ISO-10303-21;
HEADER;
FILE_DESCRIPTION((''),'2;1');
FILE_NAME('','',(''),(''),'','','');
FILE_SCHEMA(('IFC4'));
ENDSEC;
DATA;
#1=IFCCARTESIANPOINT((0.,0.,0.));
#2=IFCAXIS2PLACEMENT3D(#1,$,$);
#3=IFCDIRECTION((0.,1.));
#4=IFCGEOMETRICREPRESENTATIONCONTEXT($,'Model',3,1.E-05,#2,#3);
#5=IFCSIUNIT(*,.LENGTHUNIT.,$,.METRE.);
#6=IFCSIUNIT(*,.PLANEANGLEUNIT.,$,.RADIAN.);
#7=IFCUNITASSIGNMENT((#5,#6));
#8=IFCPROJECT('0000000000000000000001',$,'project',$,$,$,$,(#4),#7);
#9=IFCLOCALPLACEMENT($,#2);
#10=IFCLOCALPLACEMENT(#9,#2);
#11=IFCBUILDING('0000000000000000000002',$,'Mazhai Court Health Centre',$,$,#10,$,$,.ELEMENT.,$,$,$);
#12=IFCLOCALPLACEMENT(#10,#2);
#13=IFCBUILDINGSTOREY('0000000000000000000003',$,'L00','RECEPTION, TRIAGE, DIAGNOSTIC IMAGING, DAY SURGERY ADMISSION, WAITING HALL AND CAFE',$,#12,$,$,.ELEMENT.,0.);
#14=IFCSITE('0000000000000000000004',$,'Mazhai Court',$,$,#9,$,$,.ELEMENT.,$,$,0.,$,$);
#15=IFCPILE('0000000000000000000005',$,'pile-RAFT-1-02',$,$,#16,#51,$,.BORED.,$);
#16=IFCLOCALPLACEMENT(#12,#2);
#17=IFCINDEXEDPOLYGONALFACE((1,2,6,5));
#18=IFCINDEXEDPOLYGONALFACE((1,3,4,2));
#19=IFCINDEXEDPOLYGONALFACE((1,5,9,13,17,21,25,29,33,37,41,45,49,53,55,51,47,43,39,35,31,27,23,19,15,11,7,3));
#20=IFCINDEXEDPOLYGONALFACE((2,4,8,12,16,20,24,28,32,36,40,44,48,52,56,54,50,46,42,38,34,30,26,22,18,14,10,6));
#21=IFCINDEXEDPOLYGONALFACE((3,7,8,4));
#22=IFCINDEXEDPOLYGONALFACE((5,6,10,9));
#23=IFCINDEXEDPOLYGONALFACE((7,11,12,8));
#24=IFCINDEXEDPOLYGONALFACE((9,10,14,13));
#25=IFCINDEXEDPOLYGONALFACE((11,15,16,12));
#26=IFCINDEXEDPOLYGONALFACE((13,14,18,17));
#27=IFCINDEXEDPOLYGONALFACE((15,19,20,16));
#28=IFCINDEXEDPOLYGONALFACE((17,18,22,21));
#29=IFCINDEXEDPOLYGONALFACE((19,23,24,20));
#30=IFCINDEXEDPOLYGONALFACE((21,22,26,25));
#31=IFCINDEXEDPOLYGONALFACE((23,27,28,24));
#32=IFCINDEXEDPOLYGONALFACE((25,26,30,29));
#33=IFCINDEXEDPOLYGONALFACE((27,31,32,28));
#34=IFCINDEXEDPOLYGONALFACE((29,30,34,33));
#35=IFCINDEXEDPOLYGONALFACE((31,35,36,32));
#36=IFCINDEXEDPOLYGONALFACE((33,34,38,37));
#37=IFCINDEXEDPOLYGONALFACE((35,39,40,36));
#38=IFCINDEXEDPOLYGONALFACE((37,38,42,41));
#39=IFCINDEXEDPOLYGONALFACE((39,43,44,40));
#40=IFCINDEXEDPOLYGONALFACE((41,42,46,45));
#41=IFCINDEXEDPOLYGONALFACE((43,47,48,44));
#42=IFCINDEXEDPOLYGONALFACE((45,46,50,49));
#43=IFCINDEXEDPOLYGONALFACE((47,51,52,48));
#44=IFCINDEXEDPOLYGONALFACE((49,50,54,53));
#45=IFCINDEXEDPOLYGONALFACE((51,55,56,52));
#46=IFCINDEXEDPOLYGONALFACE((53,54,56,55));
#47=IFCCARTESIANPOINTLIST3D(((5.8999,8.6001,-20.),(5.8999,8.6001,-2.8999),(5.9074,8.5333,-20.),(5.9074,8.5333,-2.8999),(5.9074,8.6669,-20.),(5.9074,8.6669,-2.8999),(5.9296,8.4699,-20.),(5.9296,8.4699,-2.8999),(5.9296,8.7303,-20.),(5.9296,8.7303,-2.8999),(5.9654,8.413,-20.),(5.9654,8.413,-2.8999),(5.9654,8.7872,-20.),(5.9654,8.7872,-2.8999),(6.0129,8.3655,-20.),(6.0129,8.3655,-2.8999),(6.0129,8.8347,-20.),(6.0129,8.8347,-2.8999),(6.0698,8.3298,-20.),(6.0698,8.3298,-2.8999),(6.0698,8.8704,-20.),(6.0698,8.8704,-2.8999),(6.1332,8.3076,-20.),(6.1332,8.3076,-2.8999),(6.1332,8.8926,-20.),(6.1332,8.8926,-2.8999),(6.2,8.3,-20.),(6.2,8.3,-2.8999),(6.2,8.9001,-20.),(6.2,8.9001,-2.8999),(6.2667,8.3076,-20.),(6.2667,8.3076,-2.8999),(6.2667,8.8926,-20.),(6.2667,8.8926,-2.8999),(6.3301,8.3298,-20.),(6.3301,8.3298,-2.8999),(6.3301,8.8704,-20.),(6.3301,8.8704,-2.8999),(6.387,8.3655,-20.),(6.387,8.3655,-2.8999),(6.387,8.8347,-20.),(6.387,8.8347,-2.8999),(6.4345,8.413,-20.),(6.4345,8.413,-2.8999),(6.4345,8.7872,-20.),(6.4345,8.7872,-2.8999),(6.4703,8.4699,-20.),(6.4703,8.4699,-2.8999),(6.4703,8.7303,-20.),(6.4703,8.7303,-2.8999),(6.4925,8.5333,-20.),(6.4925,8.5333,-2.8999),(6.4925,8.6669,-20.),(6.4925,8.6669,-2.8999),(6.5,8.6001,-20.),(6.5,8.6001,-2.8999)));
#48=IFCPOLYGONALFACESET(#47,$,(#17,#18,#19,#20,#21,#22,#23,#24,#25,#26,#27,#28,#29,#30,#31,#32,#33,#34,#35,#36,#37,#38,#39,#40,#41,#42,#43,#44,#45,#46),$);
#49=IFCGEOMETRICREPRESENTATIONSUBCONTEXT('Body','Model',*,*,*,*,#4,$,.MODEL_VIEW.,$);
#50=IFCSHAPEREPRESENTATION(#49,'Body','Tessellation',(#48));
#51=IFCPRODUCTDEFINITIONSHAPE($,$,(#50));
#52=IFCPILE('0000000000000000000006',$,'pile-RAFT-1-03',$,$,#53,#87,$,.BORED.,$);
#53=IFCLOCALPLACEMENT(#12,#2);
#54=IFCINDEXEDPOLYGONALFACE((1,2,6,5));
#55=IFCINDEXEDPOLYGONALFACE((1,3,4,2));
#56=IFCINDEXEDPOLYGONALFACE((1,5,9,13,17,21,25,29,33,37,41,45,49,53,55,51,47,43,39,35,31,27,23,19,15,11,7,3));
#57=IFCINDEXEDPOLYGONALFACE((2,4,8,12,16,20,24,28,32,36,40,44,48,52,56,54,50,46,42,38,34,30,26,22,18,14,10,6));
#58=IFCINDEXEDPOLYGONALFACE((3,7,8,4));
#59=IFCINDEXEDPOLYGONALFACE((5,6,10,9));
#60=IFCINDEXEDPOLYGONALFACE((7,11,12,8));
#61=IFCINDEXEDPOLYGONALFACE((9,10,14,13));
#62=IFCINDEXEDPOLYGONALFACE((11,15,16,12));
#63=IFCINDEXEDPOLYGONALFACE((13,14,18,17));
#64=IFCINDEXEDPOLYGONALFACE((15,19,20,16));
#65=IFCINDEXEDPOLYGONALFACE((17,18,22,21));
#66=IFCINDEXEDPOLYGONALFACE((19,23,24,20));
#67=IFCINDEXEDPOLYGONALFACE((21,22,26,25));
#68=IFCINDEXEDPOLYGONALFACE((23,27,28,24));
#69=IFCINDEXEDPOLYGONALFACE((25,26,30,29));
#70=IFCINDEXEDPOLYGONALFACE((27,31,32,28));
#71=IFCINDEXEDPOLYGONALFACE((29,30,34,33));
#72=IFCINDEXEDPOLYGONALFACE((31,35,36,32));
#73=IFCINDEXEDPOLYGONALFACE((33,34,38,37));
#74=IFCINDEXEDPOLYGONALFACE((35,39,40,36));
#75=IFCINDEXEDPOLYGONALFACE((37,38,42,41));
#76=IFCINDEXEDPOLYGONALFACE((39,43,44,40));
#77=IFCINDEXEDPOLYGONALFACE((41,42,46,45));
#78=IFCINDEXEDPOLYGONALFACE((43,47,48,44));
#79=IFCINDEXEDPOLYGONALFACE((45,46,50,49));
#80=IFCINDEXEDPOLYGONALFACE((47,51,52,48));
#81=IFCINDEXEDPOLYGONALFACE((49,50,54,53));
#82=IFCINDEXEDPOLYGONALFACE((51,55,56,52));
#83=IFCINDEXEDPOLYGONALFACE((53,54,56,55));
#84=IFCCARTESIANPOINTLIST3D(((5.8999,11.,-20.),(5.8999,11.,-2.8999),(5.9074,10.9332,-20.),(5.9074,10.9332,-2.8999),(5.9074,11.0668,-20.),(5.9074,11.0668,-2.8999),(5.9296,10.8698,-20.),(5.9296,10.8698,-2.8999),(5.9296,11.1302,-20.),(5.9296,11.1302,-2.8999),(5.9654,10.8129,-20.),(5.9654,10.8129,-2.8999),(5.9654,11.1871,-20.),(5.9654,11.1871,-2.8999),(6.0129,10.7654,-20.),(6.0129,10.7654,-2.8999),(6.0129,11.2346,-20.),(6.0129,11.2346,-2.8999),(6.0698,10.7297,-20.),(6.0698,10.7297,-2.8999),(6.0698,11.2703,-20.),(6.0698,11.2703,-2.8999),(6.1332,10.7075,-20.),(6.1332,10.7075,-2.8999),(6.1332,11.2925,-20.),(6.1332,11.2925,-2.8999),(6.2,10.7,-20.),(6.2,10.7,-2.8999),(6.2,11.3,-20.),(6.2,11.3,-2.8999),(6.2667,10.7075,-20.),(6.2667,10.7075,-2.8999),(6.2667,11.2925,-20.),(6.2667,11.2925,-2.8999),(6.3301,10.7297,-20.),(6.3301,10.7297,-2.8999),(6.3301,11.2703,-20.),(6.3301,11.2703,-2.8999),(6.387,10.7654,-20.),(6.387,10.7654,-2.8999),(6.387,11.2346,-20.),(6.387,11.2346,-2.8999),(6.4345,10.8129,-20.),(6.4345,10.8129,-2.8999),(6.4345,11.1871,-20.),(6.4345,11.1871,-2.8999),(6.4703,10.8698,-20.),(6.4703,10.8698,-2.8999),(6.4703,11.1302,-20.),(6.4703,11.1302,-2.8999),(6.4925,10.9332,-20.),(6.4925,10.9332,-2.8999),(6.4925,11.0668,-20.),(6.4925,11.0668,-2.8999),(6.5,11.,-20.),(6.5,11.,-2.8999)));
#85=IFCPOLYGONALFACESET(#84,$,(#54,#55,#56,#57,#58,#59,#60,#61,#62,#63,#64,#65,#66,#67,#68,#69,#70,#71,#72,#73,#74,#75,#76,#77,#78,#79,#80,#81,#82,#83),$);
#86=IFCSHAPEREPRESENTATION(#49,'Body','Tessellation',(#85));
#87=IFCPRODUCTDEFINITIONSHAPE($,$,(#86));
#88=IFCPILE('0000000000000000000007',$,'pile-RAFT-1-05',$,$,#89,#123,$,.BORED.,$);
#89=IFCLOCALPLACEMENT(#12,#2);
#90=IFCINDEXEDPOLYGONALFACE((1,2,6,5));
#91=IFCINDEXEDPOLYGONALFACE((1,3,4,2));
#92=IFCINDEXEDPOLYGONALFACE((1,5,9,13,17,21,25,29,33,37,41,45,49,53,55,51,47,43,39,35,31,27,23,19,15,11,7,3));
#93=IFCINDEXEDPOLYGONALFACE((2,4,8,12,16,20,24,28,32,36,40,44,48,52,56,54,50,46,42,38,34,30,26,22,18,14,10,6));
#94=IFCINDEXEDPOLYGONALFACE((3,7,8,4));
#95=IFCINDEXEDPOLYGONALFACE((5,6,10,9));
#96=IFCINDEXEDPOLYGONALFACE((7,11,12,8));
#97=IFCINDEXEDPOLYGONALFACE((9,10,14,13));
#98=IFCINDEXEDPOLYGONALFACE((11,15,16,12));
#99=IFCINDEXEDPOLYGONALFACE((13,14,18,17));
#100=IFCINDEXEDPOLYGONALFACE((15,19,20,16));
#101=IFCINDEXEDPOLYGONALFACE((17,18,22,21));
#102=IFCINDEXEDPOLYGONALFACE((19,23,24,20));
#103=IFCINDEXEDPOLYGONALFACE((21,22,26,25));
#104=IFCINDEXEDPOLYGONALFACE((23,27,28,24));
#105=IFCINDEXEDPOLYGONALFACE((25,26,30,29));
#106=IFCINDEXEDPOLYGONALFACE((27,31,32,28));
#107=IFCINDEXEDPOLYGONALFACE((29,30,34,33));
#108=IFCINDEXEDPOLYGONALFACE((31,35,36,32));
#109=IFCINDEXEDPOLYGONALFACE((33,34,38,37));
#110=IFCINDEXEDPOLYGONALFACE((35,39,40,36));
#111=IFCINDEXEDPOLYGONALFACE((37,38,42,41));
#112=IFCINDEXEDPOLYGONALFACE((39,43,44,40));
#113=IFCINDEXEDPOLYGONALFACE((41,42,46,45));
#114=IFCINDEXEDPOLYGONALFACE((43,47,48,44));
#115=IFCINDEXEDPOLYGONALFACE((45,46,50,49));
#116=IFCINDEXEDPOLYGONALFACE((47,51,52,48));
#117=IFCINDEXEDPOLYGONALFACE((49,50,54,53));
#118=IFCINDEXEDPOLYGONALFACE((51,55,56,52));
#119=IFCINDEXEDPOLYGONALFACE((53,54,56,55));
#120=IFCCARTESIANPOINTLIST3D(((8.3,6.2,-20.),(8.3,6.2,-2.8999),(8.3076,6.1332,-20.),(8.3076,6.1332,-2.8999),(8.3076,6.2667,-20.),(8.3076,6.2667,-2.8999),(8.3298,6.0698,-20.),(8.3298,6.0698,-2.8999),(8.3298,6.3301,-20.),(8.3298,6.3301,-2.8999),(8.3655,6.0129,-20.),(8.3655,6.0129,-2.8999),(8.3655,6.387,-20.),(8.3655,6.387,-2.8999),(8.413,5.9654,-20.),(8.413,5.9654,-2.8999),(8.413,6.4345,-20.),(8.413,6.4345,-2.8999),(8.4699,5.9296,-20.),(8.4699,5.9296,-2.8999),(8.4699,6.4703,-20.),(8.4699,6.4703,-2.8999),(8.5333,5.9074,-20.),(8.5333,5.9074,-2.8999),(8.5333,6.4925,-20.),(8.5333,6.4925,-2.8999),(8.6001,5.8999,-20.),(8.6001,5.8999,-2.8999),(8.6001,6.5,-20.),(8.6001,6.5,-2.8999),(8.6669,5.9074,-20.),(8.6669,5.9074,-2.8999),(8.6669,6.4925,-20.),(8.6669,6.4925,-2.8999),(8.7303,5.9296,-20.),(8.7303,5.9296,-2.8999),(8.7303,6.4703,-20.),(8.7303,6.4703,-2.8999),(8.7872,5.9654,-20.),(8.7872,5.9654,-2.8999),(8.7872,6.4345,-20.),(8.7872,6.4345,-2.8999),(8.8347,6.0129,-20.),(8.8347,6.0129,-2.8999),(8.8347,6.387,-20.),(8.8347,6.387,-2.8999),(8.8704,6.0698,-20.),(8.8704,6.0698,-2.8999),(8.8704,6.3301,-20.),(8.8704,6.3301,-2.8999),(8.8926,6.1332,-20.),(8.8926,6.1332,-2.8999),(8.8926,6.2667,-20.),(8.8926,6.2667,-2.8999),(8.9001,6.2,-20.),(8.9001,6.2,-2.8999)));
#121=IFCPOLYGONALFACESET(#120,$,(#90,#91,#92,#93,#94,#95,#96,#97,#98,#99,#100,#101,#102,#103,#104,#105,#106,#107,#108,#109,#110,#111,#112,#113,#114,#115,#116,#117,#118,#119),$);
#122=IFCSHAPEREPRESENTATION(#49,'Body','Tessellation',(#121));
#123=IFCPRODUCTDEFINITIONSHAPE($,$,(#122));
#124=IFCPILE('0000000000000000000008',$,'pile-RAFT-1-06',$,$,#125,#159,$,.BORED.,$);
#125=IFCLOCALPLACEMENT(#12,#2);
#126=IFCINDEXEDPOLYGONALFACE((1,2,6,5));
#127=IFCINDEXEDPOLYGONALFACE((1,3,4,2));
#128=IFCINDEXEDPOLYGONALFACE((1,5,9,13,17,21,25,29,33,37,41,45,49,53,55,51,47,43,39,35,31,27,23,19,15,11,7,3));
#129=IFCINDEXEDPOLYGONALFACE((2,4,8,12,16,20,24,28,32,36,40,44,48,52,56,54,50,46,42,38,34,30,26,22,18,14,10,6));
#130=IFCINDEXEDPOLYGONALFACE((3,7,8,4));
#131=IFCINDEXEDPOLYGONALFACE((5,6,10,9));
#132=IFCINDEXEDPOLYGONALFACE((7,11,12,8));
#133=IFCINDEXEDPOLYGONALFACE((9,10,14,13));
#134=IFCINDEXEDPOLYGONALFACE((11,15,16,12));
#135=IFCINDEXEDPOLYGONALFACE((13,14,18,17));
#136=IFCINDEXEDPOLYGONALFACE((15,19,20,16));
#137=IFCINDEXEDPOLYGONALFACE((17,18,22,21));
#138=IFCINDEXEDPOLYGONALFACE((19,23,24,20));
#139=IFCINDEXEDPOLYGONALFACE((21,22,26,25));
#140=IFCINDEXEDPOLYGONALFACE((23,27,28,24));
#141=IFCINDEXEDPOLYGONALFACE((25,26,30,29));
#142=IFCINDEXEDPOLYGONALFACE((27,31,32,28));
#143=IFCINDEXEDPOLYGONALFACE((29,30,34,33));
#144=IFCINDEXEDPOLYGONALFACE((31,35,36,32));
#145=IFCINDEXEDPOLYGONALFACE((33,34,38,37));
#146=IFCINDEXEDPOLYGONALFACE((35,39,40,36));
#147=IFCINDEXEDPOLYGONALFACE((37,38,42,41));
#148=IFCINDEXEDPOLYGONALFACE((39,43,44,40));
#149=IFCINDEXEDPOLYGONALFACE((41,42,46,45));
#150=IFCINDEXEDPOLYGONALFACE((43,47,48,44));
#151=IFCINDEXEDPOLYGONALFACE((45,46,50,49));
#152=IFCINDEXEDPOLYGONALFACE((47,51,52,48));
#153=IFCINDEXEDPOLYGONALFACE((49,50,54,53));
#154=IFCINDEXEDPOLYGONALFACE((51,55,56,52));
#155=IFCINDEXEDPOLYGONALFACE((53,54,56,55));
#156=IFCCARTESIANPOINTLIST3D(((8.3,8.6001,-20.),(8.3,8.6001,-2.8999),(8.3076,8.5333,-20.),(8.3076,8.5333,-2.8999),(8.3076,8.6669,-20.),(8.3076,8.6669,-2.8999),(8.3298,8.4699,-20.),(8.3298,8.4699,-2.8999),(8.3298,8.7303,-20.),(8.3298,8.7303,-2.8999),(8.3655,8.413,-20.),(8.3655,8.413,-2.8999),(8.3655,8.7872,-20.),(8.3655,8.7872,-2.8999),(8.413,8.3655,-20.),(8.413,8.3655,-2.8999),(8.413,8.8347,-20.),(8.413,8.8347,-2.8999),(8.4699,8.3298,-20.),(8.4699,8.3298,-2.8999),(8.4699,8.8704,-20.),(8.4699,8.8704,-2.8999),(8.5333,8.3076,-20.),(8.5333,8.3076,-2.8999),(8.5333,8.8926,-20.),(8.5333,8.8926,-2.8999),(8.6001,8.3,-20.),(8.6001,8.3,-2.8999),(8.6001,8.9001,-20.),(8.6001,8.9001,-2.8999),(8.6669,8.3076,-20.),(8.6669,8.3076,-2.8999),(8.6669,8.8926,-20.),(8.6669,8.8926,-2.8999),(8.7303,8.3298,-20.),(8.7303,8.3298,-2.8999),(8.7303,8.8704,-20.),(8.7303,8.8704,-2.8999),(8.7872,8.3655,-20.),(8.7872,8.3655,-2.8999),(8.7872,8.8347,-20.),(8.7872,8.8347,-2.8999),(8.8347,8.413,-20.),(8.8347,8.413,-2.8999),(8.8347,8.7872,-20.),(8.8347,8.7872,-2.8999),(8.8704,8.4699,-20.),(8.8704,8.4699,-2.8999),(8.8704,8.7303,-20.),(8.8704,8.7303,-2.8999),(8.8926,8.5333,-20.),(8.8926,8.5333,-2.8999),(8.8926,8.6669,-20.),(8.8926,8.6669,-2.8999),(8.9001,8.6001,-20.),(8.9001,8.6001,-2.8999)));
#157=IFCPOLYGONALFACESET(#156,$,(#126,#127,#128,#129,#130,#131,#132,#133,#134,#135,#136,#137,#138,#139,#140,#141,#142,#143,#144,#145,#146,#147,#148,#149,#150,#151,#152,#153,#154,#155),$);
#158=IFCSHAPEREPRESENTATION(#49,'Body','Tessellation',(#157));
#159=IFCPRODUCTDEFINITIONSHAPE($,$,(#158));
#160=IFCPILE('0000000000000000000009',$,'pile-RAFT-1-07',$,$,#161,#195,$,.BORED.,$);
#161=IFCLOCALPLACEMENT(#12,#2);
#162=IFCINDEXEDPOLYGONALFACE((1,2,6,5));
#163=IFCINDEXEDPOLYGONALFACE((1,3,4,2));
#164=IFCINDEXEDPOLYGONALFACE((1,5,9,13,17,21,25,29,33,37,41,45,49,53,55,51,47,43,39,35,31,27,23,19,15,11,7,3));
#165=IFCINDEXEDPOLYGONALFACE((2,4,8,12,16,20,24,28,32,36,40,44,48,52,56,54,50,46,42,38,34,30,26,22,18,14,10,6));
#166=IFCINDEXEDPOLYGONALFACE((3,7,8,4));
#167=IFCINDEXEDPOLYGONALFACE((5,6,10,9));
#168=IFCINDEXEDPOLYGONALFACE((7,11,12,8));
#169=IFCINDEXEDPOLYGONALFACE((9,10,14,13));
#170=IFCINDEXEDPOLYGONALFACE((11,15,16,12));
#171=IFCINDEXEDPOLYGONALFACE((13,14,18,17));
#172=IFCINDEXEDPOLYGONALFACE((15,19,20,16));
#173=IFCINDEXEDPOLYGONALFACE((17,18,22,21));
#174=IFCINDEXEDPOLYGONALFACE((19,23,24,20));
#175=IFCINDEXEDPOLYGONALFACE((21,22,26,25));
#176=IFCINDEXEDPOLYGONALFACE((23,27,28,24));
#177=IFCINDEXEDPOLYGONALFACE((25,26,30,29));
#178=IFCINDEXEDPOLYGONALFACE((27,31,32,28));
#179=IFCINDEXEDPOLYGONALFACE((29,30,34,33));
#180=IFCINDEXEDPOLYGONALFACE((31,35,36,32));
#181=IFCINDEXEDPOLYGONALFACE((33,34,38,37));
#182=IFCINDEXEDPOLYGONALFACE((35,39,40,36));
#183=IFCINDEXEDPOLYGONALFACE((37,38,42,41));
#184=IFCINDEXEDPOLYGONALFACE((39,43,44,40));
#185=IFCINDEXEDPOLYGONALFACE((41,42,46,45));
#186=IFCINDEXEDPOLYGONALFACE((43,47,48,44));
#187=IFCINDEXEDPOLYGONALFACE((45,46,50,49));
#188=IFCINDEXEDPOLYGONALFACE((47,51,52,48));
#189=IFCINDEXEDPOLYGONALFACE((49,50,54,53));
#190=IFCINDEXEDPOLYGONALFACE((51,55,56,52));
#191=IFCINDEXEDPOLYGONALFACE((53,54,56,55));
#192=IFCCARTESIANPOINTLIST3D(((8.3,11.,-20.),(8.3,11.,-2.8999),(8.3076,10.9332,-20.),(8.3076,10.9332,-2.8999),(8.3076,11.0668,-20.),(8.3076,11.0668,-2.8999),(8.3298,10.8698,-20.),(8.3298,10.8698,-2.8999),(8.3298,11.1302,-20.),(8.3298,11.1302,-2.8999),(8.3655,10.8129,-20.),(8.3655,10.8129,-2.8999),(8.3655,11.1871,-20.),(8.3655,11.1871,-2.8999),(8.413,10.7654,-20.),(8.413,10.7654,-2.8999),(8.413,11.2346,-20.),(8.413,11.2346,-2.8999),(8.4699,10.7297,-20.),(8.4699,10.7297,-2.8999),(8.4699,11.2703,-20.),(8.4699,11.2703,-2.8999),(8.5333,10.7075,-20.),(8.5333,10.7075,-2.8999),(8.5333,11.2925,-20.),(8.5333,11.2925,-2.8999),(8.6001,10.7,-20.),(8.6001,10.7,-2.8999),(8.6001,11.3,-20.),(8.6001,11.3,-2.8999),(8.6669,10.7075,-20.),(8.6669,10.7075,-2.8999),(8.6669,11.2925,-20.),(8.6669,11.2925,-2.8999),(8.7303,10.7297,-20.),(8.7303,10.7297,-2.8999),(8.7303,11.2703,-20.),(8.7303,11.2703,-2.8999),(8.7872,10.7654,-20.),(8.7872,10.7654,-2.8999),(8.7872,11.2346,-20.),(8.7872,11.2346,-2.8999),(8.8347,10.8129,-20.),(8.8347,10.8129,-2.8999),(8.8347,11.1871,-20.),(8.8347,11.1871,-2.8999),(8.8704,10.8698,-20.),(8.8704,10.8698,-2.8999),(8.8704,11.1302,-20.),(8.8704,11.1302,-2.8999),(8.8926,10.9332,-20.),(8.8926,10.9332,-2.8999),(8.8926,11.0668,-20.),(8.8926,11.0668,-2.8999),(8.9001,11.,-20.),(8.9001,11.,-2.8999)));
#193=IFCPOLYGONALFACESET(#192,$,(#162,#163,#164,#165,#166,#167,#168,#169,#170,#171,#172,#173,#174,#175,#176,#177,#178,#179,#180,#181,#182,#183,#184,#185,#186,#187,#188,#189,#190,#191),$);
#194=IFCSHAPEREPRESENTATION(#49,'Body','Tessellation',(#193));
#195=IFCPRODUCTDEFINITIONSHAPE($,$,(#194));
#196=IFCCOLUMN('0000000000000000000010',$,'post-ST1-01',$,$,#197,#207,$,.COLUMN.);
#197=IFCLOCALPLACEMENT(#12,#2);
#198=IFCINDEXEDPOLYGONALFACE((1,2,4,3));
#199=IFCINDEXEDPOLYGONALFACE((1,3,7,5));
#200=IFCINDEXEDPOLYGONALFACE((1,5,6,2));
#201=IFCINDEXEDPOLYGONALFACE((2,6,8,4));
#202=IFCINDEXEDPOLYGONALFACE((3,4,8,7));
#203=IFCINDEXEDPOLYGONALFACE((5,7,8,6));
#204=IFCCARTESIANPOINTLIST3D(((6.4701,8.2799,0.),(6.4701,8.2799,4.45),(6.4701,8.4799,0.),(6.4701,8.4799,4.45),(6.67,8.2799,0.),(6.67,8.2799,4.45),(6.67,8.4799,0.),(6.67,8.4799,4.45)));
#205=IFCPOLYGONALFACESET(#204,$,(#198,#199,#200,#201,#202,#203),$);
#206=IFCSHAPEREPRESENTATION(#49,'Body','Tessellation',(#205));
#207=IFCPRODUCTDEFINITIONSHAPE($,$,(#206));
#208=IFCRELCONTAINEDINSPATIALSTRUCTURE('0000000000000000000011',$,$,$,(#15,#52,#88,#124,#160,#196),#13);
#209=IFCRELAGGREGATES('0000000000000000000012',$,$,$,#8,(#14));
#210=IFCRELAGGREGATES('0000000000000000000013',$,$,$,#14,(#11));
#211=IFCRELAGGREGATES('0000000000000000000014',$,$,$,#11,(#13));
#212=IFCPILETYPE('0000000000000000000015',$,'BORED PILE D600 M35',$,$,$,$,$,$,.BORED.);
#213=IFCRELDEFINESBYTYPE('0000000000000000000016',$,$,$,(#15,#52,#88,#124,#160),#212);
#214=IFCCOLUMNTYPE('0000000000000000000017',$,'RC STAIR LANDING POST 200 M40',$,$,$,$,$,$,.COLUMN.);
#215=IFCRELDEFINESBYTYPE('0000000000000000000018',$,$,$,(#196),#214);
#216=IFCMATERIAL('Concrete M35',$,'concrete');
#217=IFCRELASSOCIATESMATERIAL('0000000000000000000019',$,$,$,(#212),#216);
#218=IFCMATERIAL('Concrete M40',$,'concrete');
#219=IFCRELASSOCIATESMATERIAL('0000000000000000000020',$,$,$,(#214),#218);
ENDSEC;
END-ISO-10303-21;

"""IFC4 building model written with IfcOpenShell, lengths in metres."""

from ifc_helpers import new_model, si_unit, direction, frame, origin, origin_2d, place, context, subcontext, project, spatial, rectangle, circle, extrude, material, material_profile, profile_set, type_object, element, save


model = new_model("IFC4")

# Units and contexts
model_context = context("Model", 3, precision=1e-05, world=origin(), true_north=direction((0.0, 1.0)))
body_context = subcontext(model_context, "Body", "Model", "MODEL_VIEW")
ifc_project = project(units=[si_unit("LENGTHUNIT", "METRE"), si_unit("PLANEANGLEUNIT", "RADIAN")], contexts=[model_context])

# Site, building, storey
site_placement = place(None, origin())
site = spatial("IfcSite", under=ifc_project, at=site_placement, Name="Mazhai Court", CompositionType="ELEMENT", RefElevation=0.0)
building_placement = place(site_placement, origin())
building = spatial("IfcBuilding", under=site, at=building_placement, Name="Mazhai Court Health Centre", CompositionType="ELEMENT")
storey_placement = place(building_placement, origin())
storey = spatial("IfcBuildingStorey", under=building, at=storey_placement, Name="L00", Description="RECEPTION, TRIAGE, DIAGNOSTIC IMAGING, DAY SURGERY ADMISSION, WAITING HALL AND CAFE", CompositionType="ELEMENT", Elevation=0.0)

# Piles
ifc_material_1 = material(Name="Concrete M35", Category="concrete")
ifc_material_profile_1 = material_profile(ifc_material_1, circle(Radius=0.3, at=origin_2d()), Name="RC PILE D600")
ifc_profile_set_1 = profile_set([ifc_material_profile_1], Name="Concrete M35")
pile_type = type_object("IfcPileType", Name="BORED PILE D600 M35", PredefinedType="BORED", material=ifc_profile_set_1)
for number, where, z_axis, x_axis, name in (
    (1, (6.2, 8.6001, -2.8999), (0.0, 0.0, -1.0), (1.0, 0.0, 0.0), "pile-RAFT-1-02"),
    (2, (6.2, 11.0, -2.8999), (0.0, 0.0, -1.0), (1.0, 0.0, 0.0), "pile-RAFT-1-03"),
    (3, (8.6001, 6.2, -2.8999), (0.0, 0.0, -1.0), (1.0, 0.0, 0.0), "pile-RAFT-1-05"),
    (4, (8.6001, 8.6001, -2.8999), (0.0, 0.0, -1.0), (1.0, 0.0, 0.0), "pile-RAFT-1-06"),
    (5, (8.6001, 11.0, -2.8999), (0.0, 0.0, -1.0), (1.0, 0.0, 0.0), "pile-RAFT-1-07"),
):
    element("IfcPile", number, at=place(storey_placement, frame(where, z_axis=z_axis, x_axis=x_axis)), inside=storey, type_object=pile_type, Name=name, PredefinedType="BORED", context=body_context, shape_type="SweptSolid", body=[
        extrude(circle(Radius=0.3, at=origin_2d()), origin(), (0.0, 0.0, 1.0), 17.1001),
    ])

# Column
ifc_material_2 = material(Name="Concrete M40", Category="concrete")
ifc_material_profile_2 = material_profile(ifc_material_2, rectangle(XDim=0.2, YDim=0.2, at=origin_2d()), Name="RC 200x200")
ifc_profile_set_2 = profile_set([ifc_material_profile_2], Name="Concrete M40")
column_type = type_object("IfcColumnType", Name="RC STAIR LANDING POST 200 M40", PredefinedType="COLUMN", material=ifc_profile_set_2)
column_1_placement = place(storey_placement, frame((6.5701, 8.3799, 0.0), z_axis=(0.0, 0.0, 1.0), x_axis=(1.0, 0.0, 0.0)))
element("IfcColumn", 6, at=column_1_placement, inside=storey, type_object=column_type, Name="post-ST1-01", PredefinedType="COLUMN", context=body_context, shape_type="SweptSolid", body=[
    extrude(rectangle(XDim=0.2, YDim=0.2, at=origin_2d()), origin(), (0.0, 0.0, 1.0), 4.45),
])

save(model, "model.ifc")
